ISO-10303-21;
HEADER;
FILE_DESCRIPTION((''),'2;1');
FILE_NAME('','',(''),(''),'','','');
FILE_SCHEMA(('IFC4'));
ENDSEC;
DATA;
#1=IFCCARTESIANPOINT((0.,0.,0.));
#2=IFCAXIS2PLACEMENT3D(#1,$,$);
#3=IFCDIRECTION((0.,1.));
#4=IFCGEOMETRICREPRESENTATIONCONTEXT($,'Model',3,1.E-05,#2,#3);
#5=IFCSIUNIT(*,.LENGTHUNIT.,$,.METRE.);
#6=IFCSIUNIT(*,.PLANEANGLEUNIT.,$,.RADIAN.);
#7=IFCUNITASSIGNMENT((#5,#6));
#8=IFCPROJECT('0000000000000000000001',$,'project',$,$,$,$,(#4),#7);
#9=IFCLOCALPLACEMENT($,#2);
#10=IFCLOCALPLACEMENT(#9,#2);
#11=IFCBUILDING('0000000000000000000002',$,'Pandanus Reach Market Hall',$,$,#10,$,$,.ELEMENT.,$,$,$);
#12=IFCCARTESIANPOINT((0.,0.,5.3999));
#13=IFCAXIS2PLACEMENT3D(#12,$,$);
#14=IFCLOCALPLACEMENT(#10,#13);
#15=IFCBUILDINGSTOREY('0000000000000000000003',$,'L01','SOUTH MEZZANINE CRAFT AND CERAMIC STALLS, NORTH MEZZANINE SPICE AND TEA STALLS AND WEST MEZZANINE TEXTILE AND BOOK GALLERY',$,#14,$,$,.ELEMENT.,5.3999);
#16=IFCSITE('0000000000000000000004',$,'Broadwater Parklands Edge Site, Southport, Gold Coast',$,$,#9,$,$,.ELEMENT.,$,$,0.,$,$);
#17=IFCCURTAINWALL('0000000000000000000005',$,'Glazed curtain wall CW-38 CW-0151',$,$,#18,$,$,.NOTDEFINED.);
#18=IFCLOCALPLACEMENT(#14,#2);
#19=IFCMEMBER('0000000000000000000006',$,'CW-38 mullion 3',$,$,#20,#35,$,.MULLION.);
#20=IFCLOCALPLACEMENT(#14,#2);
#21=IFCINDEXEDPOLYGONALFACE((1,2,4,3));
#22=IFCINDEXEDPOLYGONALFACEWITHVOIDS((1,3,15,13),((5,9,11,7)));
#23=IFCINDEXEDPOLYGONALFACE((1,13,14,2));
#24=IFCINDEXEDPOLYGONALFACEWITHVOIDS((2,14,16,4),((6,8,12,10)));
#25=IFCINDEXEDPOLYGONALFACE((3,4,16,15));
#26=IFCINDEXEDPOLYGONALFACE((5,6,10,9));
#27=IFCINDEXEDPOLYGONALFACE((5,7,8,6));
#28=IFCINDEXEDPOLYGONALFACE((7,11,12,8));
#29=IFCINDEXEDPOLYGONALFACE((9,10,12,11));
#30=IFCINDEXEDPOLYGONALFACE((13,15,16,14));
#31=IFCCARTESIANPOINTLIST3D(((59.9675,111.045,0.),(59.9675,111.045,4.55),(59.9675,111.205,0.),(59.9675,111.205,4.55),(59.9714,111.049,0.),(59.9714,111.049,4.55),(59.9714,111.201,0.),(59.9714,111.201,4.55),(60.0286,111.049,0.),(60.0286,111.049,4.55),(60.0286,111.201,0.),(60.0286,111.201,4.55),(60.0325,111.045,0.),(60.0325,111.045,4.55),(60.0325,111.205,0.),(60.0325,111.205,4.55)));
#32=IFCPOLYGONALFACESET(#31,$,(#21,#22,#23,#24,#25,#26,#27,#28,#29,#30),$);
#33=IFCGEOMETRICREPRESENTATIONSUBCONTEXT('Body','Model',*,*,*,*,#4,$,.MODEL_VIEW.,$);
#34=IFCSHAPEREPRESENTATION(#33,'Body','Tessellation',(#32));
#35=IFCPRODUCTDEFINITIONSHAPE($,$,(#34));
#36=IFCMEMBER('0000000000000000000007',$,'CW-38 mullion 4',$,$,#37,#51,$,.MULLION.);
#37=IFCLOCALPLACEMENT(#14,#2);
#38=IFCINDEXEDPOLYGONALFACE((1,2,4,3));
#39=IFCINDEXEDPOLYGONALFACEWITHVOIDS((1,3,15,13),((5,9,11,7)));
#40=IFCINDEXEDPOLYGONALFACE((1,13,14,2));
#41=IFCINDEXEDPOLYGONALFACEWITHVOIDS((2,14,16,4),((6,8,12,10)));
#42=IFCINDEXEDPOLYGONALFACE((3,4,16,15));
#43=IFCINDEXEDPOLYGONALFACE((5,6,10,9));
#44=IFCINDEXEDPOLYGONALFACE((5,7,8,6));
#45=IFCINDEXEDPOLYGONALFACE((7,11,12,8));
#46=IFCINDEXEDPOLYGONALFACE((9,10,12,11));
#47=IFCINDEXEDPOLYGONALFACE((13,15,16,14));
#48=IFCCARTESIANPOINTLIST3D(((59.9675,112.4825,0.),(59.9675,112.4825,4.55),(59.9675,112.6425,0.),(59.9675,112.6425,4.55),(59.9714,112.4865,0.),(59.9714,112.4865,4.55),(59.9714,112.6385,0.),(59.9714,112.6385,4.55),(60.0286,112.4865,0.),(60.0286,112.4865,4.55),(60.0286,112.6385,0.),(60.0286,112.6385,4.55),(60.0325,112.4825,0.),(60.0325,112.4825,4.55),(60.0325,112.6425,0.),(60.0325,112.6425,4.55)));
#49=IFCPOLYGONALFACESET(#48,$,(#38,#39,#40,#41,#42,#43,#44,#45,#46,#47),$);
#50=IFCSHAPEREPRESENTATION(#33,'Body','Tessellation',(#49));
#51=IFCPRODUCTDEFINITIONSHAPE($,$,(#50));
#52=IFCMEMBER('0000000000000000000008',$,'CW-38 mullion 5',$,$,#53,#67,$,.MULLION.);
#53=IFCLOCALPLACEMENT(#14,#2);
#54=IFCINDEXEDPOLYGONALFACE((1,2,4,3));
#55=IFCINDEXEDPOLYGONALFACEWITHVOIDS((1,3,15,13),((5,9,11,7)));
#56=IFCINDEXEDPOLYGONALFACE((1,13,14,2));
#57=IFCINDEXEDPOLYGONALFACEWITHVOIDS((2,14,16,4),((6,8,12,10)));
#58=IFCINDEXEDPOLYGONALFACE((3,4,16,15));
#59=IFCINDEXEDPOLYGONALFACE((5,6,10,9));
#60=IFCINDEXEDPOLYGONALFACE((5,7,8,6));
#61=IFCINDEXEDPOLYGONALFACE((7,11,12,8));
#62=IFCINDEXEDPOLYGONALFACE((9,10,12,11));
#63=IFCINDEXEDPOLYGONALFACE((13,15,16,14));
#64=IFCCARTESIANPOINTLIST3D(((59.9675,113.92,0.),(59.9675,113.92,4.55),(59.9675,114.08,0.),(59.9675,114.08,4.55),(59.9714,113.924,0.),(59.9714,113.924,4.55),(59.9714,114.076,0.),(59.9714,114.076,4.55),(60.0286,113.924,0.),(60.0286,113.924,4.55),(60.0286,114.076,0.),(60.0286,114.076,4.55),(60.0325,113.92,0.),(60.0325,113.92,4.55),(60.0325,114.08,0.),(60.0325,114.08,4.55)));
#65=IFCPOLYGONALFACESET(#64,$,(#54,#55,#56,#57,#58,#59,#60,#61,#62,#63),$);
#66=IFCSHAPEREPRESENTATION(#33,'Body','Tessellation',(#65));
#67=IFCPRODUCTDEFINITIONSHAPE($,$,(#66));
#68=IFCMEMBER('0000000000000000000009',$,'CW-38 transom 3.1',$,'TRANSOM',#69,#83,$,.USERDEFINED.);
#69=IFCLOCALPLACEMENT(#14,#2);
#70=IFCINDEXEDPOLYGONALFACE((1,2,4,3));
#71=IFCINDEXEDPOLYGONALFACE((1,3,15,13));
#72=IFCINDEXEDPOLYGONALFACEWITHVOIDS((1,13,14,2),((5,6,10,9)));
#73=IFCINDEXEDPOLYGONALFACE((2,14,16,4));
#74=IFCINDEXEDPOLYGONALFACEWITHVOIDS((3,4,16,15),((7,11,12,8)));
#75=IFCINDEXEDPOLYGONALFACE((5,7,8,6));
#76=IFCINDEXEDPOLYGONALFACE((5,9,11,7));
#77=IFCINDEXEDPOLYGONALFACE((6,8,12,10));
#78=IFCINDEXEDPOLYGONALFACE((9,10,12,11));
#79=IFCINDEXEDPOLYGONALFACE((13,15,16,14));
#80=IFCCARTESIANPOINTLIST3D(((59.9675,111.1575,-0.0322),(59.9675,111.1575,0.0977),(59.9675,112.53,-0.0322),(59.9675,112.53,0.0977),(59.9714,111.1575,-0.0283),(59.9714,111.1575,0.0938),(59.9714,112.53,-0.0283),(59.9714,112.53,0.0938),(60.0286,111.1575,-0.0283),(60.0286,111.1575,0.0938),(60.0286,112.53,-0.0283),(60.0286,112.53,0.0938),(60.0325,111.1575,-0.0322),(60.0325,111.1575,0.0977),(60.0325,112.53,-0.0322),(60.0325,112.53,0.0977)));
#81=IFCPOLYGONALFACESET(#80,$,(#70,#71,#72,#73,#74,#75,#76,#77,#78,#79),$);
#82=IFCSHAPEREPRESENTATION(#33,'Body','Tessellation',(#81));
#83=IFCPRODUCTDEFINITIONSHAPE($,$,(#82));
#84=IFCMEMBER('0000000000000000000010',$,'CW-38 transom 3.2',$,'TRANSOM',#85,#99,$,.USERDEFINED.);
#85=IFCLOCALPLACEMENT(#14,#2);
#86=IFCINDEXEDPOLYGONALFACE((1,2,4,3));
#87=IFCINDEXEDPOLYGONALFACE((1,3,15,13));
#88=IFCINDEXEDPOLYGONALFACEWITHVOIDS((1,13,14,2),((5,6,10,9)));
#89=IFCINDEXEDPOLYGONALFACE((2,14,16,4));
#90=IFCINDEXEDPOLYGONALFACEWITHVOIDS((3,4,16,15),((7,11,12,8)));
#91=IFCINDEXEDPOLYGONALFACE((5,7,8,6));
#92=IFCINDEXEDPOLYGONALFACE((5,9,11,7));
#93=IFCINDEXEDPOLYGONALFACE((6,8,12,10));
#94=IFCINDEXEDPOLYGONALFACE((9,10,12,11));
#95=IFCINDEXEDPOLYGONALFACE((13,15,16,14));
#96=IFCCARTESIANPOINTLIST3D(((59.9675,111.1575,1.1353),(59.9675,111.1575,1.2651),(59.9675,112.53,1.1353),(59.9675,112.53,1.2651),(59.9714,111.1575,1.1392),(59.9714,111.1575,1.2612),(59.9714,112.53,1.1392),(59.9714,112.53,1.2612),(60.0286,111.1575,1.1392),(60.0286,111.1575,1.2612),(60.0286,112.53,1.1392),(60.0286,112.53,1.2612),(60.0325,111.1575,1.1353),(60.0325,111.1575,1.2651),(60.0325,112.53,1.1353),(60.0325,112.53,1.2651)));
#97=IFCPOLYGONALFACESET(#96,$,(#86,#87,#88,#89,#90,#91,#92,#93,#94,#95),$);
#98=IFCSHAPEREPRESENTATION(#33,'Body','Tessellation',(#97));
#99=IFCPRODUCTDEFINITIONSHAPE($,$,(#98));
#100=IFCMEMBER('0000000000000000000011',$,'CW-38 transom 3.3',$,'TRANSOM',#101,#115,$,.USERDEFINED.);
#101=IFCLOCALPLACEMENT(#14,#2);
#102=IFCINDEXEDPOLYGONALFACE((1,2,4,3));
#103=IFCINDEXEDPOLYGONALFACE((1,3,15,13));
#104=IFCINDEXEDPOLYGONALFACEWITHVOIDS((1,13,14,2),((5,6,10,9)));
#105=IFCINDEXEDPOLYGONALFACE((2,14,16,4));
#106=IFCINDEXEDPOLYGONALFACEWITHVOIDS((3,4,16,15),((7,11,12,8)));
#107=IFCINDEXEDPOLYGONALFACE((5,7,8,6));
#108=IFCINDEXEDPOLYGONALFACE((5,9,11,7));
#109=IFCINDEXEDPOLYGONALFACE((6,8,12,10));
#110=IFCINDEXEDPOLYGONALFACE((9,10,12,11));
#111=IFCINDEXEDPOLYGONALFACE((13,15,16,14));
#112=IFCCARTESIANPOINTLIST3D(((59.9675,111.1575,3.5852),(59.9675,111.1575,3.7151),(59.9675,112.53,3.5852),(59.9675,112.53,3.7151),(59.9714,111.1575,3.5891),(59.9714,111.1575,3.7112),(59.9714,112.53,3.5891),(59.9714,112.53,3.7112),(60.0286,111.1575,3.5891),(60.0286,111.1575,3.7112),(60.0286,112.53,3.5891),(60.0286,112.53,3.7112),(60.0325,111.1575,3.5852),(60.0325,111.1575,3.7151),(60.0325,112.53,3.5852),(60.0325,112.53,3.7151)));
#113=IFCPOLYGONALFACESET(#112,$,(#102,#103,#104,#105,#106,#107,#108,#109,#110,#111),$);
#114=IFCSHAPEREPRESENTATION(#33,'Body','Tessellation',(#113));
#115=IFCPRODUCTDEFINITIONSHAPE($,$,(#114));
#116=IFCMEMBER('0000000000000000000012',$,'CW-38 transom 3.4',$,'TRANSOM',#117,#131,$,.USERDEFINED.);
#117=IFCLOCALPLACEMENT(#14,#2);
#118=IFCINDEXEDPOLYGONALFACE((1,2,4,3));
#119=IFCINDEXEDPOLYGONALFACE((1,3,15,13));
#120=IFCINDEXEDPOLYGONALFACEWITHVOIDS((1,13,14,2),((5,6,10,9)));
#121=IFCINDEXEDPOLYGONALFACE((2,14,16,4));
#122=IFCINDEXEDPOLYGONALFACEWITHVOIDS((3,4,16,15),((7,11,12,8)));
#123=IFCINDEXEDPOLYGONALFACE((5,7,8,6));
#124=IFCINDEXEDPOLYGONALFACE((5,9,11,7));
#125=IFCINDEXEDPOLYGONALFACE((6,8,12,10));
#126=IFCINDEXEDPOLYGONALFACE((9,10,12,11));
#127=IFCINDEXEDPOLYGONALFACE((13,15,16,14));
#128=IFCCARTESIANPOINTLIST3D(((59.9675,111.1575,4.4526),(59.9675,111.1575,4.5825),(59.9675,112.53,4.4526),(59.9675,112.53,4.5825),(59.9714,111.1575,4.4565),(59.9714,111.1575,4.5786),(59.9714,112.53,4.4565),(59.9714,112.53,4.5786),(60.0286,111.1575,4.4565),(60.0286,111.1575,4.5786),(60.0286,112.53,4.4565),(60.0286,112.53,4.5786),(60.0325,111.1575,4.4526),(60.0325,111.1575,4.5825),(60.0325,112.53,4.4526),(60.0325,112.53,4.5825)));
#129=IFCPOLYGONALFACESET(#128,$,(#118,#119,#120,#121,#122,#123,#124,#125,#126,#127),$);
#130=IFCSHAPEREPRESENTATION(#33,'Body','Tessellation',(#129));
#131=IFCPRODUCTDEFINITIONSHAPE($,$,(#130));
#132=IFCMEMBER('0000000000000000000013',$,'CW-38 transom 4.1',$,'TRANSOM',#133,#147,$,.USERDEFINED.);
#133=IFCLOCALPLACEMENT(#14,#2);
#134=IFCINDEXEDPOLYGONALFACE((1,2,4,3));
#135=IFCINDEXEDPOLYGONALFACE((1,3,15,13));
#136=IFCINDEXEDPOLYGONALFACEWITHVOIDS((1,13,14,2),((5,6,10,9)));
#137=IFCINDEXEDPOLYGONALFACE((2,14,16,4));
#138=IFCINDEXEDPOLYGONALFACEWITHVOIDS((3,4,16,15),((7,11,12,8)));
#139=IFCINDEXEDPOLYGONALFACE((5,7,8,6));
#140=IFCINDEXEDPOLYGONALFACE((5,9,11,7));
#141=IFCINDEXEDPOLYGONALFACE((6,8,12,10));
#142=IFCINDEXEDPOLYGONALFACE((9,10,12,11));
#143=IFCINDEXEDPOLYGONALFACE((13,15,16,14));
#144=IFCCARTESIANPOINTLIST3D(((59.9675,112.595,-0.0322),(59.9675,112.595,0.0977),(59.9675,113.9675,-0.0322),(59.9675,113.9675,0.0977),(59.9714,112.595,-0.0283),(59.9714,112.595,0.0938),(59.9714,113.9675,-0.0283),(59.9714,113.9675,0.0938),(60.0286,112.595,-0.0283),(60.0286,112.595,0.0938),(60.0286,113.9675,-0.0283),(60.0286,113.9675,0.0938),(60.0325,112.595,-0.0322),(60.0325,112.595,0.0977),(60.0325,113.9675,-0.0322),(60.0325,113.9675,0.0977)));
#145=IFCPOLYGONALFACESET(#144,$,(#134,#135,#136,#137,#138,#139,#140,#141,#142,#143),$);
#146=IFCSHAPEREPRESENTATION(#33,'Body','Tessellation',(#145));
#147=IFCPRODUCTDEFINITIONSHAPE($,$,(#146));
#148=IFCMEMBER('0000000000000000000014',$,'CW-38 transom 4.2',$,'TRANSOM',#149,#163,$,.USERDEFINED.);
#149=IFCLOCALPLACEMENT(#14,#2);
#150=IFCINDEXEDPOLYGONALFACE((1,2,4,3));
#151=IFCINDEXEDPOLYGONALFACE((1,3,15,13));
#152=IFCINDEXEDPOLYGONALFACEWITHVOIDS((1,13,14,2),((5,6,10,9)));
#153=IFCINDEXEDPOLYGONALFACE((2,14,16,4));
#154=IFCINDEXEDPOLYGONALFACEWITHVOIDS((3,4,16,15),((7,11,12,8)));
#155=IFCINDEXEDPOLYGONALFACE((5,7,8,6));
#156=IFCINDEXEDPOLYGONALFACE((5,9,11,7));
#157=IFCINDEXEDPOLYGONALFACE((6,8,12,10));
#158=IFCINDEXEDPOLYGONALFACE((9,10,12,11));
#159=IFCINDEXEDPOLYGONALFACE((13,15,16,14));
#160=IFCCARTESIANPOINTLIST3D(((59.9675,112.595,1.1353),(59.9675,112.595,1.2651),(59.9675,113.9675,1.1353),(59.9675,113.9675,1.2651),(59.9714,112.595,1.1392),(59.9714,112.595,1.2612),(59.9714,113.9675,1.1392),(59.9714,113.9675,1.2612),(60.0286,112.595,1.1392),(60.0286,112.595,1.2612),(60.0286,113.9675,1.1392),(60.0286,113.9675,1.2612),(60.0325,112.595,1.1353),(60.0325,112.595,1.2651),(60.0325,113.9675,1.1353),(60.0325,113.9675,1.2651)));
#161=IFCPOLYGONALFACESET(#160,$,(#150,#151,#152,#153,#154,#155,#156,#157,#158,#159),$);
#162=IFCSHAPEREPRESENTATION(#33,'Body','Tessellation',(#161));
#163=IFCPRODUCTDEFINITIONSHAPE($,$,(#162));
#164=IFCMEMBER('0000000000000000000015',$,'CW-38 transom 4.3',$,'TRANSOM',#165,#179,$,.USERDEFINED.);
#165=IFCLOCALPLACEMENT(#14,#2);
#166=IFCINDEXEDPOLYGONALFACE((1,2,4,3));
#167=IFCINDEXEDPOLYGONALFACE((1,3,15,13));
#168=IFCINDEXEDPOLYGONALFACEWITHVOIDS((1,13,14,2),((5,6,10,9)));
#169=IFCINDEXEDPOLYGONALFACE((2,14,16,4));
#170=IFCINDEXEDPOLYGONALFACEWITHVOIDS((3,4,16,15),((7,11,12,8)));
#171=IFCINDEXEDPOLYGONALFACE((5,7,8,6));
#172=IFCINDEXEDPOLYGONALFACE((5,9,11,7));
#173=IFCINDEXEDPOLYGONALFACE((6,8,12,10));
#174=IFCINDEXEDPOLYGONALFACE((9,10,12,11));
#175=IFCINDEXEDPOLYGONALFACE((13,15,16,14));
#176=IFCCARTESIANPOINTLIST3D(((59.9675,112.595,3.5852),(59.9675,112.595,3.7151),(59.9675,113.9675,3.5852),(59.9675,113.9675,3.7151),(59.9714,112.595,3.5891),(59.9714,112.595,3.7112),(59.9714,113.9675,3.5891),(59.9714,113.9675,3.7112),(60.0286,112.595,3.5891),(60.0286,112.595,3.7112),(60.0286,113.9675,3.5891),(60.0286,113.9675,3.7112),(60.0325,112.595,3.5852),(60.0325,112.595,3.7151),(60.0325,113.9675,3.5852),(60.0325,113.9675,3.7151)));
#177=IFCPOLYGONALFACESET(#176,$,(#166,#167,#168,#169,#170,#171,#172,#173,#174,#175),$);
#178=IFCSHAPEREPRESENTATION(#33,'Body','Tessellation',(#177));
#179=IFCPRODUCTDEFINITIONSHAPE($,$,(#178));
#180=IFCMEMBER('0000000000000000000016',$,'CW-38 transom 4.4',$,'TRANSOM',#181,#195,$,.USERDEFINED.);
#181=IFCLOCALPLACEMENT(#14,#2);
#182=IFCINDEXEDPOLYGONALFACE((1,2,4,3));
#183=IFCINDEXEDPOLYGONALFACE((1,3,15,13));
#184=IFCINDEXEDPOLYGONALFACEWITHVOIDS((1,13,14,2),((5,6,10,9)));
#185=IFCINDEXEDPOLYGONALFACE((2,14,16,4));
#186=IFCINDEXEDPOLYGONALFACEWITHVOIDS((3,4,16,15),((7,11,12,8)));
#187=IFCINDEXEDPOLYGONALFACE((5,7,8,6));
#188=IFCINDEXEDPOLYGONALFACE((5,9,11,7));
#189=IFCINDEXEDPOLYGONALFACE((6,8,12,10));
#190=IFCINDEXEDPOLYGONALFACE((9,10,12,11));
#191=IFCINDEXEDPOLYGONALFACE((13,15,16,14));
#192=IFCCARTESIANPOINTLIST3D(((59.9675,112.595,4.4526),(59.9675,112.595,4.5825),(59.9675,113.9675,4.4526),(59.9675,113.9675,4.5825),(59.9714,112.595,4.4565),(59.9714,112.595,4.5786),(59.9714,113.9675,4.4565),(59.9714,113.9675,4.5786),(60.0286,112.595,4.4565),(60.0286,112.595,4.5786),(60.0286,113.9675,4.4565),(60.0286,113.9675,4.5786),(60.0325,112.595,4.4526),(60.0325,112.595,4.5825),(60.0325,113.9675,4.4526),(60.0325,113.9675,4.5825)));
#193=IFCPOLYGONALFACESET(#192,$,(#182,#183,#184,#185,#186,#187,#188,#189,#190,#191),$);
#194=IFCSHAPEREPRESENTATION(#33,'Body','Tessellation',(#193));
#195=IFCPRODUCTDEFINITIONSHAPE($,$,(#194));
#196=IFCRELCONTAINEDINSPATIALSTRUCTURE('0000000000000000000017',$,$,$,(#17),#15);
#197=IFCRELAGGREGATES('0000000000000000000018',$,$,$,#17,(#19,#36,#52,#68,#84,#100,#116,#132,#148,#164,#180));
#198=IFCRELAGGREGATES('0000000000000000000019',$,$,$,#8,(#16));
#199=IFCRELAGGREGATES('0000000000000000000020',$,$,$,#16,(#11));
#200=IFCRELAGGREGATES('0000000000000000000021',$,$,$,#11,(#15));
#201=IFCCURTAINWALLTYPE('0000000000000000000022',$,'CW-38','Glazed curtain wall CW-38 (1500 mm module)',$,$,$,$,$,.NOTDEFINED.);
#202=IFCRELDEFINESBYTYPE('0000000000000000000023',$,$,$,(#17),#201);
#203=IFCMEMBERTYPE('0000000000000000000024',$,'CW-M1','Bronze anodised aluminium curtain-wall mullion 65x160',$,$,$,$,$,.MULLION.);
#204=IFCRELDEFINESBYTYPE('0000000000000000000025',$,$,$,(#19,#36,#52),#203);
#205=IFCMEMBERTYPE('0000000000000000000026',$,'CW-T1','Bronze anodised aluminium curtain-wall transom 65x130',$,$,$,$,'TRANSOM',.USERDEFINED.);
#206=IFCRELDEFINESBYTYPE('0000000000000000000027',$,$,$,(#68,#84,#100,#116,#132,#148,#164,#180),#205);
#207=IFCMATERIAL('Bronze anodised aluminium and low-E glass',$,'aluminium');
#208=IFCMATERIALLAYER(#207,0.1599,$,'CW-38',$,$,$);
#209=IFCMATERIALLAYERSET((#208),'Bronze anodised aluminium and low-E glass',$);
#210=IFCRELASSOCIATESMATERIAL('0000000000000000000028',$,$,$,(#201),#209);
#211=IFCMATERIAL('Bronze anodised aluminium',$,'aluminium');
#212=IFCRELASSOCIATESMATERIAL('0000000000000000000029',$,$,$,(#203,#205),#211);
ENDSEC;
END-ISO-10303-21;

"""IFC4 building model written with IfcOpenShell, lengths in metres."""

from ifc_helpers import new_model, si_unit, direction, frame, origin, origin_2d, place, context, subcontext, project, spatial, hollow_rectangle, extrude, material, layer, layer_set, material_profile, profile_set, type_object, element, aggregate, save


model = new_model("IFC4")

# Units and contexts
model_context = context("Model", 3, precision=1e-05, world=origin(), true_north=direction((0.0, 1.0)))
body_context = subcontext(model_context, "Body", "Model", "MODEL_VIEW")
ifc_project = project(units=[si_unit("LENGTHUNIT", "METRE"), si_unit("PLANEANGLEUNIT", "RADIAN")], contexts=[model_context])

# Site, building, storey
site_placement = place(None, origin())
site = spatial("IfcSite", under=ifc_project, at=site_placement, Name="Broadwater Parklands Edge Site, Southport, Gold Coast", CompositionType="ELEMENT", RefElevation=0.0)
building_placement = place(site_placement, origin())
building = spatial("IfcBuilding", under=site, at=building_placement, Name="Pandanus Reach Market Hall", CompositionType="ELEMENT")
storey_placement = place(building_placement, frame((0.0, 0.0, 5.3999)))
storey = spatial("IfcBuildingStorey", under=building, at=storey_placement, Name="L01", Description="SOUTH MEZZANINE CRAFT AND CERAMIC STALLS, NORTH MEZZANINE SPICE AND TEA STALLS AND WEST MEZZANINE TEXTILE AND BOOK GALLERY", CompositionType="ELEMENT", Elevation=5.3999)

# Curtain wall, members
ifc_material_1 = material(Name="Bronze anodised aluminium and low-E glass", Category="aluminium")
ifc_layer_1 = layer(ifc_material_1, 0.1599, Name="CW-38")
ifc_layer_set_1 = layer_set([ifc_layer_1], Name="Bronze anodised aluminium and low-E glass")
curtain_wall_type = type_object("IfcCurtainWallType", Name="CW-38", Description="Glazed curtain wall CW-38 (1500 mm module)", PredefinedType="NOTDEFINED", material=ifc_layer_set_1)
curtain_wall_placement = place(storey_placement, origin())
curtain_wall = element("IfcCurtainWall", 1, at=curtain_wall_placement, inside=storey, type_object=curtain_wall_type, Name="Glazed curtain wall CW-38 CW-0151", PredefinedType="NOTDEFINED")
ifc_material_2 = material(Name="Bronze anodised aluminium", Category="aluminium")
ifc_material_profile_1 = material_profile(ifc_material_2, hollow_rectangle(XDim=0.0649, YDim=0.1599, WallThickness=0.0039, at=origin_2d()), Name="ALU65x160", Category="LoadBearing")
ifc_profile_set_1 = profile_set([ifc_material_profile_1], Name="Bronze anodised aluminium")
member_type_1 = type_object("IfcMemberType", Name="CW-M1", Description="Bronze anodised aluminium curtain-wall mullion 65x160", PredefinedType="MULLION", material=ifc_profile_set_1)
member_1_placement = place(storey_placement, frame((60.0, 111.125, 0.0), z_axis=(0.0, 0.0, 1.0), x_axis=(-1.0, 0.0, 0.0)))
member_1 = element("IfcMember", 2, at=member_1_placement, type_object=member_type_1, Name="CW-38 mullion 3", PredefinedType="MULLION", context=body_context, shape_type="SweptSolid", body=[
    extrude(hollow_rectangle(XDim=0.0649, YDim=0.1599, WallThickness=0.0039, at=origin_2d()), origin(), (0.0, 0.0, 1.0), 4.55),
])
member_2_placement = place(storey_placement, frame((60.0, 112.5625, 0.0), z_axis=(0.0, 0.0, 1.0), x_axis=(-1.0, 0.0, 0.0)))
member_2 = element("IfcMember", 3, at=member_2_placement, type_object=member_type_1, Name="CW-38 mullion 4", PredefinedType="MULLION", context=body_context, shape_type="SweptSolid", body=[
    extrude(hollow_rectangle(XDim=0.0649, YDim=0.1599, WallThickness=0.0039, at=origin_2d()), origin(), (0.0, 0.0, 1.0), 4.55),
])
member_3_placement = place(storey_placement, frame((60.0, 114.0, 0.0), z_axis=(0.0, 0.0, 1.0), x_axis=(-1.0, 0.0, 0.0)))
member_3 = element("IfcMember", 4, at=member_3_placement, type_object=member_type_1, Name="CW-38 mullion 5", PredefinedType="MULLION", context=body_context, shape_type="SweptSolid", body=[
    extrude(hollow_rectangle(XDim=0.0649, YDim=0.1599, WallThickness=0.0039, at=origin_2d()), origin(), (0.0, 0.0, 1.0), 4.55),
])
ifc_material_profile_2 = material_profile(ifc_material_2, hollow_rectangle(XDim=0.0649, YDim=0.1299, WallThickness=0.0039, at=origin_2d()), Name="ALU65x130", Category="LoadBearing")
ifc_profile_set_2 = profile_set([ifc_material_profile_2], Name="Bronze anodised aluminium")
member_type_2 = type_object("IfcMemberType", Name="CW-T1", Description="Bronze anodised aluminium curtain-wall transom 65x130", ElementType="TRANSOM", PredefinedType="USERDEFINED", material=ifc_profile_set_2)
member_4_placement = place(storey_placement, frame((60.0, 111.1575, 0.0327), z_axis=(0.0, 1.0, 0.0), x_axis=(-1.0, 0.0, 0.0)))
member_4 = element("IfcMember", 5, at=member_4_placement, type_object=member_type_2, Name="CW-38 transom 3.1", ObjectType="TRANSOM", PredefinedType="USERDEFINED", context=body_context, shape_type="SweptSolid", body=[
    extrude(hollow_rectangle(XDim=0.0649, YDim=0.1299, WallThickness=0.0039, at=origin_2d()), origin(), (0.0, 0.0, 1.0), 1.3726),
])
member_5_placement = place(storey_placement, frame((60.0, 111.1575, 1.2002), z_axis=(0.0, 1.0, 0.0), x_axis=(-1.0, 0.0, 0.0)))
member_5 = element("IfcMember", 6, at=member_5_placement, type_object=member_type_2, Name="CW-38 transom 3.2", ObjectType="TRANSOM", PredefinedType="USERDEFINED", context=body_context, shape_type="SweptSolid", body=[
    extrude(hollow_rectangle(XDim=0.0649, YDim=0.1299, WallThickness=0.0039, at=origin_2d()), origin(), (0.0, 0.0, 1.0), 1.3726),
])
member_6_placement = place(storey_placement, frame((60.0, 111.1575, 3.6501), z_axis=(0.0, 1.0, 0.0), x_axis=(-1.0, 0.0, 0.0)))
member_6 = element("IfcMember", 7, at=member_6_placement, type_object=member_type_2, Name="CW-38 transom 3.3", ObjectType="TRANSOM", PredefinedType="USERDEFINED", context=body_context, shape_type="SweptSolid", body=[
    extrude(hollow_rectangle(XDim=0.0649, YDim=0.1299, WallThickness=0.0039, at=origin_2d()), origin(), (0.0, 0.0, 1.0), 1.3726),
])
member_7_placement = place(storey_placement, frame((60.0, 111.1575, 4.5176), z_axis=(0.0, 1.0, 0.0), x_axis=(-1.0, 0.0, 0.0)))
member_7 = element("IfcMember", 8, at=member_7_placement, type_object=member_type_2, Name="CW-38 transom 3.4", ObjectType="TRANSOM", PredefinedType="USERDEFINED", context=body_context, shape_type="SweptSolid", body=[
    extrude(hollow_rectangle(XDim=0.0649, YDim=0.1299, WallThickness=0.0039, at=origin_2d()), origin(), (0.0, 0.0, 1.0), 1.3726),
])
member_8_placement = place(storey_placement, frame((60.0, 112.595, 0.0327), z_axis=(0.0, 1.0, 0.0), x_axis=(-1.0, 0.0, 0.0)))
member_8 = element("IfcMember", 9, at=member_8_placement, type_object=member_type_2, Name="CW-38 transom 4.1", ObjectType="TRANSOM", PredefinedType="USERDEFINED", context=body_context, shape_type="SweptSolid", body=[
    extrude(hollow_rectangle(XDim=0.0649, YDim=0.1299, WallThickness=0.0039, at=origin_2d()), origin(), (0.0, 0.0, 1.0), 1.3726),
])
member_9_placement = place(storey_placement, frame((60.0, 112.595, 1.2002), z_axis=(0.0, 1.0, 0.0), x_axis=(-1.0, 0.0, 0.0)))
member_9 = element("IfcMember", 10, at=member_9_placement, type_object=member_type_2, Name="CW-38 transom 4.2", ObjectType="TRANSOM", PredefinedType="USERDEFINED", context=body_context, shape_type="SweptSolid", body=[
    extrude(hollow_rectangle(XDim=0.0649, YDim=0.1299, WallThickness=0.0039, at=origin_2d()), origin(), (0.0, 0.0, 1.0), 1.3726),
])
member_10_placement = place(storey_placement, frame((60.0, 112.595, 3.6501), z_axis=(0.0, 1.0, 0.0), x_axis=(-1.0, 0.0, 0.0)))
member_10 = element("IfcMember", 11, at=member_10_placement, type_object=member_type_2, Name="CW-38 transom 4.3", ObjectType="TRANSOM", PredefinedType="USERDEFINED", context=body_context, shape_type="SweptSolid", body=[
    extrude(hollow_rectangle(XDim=0.0649, YDim=0.1299, WallThickness=0.0039, at=origin_2d()), origin(), (0.0, 0.0, 1.0), 1.3726),
])
member_11_placement = place(storey_placement, frame((60.0, 112.595, 4.5176), z_axis=(0.0, 1.0, 0.0), x_axis=(-1.0, 0.0, 0.0)))
member_11 = element("IfcMember", 12, at=member_11_placement, type_object=member_type_2, Name="CW-38 transom 4.4", ObjectType="TRANSOM", PredefinedType="USERDEFINED", context=body_context, shape_type="SweptSolid", body=[
    extrude(hollow_rectangle(XDim=0.0649, YDim=0.1299, WallThickness=0.0039, at=origin_2d()), origin(), (0.0, 0.0, 1.0), 1.3726),
])
aggregate(curtain_wall, [member_1, member_2, member_3, member_4, member_5, member_6, member_7, member_8, member_9, member_10, member_11])

save(model, "model.ifc")
